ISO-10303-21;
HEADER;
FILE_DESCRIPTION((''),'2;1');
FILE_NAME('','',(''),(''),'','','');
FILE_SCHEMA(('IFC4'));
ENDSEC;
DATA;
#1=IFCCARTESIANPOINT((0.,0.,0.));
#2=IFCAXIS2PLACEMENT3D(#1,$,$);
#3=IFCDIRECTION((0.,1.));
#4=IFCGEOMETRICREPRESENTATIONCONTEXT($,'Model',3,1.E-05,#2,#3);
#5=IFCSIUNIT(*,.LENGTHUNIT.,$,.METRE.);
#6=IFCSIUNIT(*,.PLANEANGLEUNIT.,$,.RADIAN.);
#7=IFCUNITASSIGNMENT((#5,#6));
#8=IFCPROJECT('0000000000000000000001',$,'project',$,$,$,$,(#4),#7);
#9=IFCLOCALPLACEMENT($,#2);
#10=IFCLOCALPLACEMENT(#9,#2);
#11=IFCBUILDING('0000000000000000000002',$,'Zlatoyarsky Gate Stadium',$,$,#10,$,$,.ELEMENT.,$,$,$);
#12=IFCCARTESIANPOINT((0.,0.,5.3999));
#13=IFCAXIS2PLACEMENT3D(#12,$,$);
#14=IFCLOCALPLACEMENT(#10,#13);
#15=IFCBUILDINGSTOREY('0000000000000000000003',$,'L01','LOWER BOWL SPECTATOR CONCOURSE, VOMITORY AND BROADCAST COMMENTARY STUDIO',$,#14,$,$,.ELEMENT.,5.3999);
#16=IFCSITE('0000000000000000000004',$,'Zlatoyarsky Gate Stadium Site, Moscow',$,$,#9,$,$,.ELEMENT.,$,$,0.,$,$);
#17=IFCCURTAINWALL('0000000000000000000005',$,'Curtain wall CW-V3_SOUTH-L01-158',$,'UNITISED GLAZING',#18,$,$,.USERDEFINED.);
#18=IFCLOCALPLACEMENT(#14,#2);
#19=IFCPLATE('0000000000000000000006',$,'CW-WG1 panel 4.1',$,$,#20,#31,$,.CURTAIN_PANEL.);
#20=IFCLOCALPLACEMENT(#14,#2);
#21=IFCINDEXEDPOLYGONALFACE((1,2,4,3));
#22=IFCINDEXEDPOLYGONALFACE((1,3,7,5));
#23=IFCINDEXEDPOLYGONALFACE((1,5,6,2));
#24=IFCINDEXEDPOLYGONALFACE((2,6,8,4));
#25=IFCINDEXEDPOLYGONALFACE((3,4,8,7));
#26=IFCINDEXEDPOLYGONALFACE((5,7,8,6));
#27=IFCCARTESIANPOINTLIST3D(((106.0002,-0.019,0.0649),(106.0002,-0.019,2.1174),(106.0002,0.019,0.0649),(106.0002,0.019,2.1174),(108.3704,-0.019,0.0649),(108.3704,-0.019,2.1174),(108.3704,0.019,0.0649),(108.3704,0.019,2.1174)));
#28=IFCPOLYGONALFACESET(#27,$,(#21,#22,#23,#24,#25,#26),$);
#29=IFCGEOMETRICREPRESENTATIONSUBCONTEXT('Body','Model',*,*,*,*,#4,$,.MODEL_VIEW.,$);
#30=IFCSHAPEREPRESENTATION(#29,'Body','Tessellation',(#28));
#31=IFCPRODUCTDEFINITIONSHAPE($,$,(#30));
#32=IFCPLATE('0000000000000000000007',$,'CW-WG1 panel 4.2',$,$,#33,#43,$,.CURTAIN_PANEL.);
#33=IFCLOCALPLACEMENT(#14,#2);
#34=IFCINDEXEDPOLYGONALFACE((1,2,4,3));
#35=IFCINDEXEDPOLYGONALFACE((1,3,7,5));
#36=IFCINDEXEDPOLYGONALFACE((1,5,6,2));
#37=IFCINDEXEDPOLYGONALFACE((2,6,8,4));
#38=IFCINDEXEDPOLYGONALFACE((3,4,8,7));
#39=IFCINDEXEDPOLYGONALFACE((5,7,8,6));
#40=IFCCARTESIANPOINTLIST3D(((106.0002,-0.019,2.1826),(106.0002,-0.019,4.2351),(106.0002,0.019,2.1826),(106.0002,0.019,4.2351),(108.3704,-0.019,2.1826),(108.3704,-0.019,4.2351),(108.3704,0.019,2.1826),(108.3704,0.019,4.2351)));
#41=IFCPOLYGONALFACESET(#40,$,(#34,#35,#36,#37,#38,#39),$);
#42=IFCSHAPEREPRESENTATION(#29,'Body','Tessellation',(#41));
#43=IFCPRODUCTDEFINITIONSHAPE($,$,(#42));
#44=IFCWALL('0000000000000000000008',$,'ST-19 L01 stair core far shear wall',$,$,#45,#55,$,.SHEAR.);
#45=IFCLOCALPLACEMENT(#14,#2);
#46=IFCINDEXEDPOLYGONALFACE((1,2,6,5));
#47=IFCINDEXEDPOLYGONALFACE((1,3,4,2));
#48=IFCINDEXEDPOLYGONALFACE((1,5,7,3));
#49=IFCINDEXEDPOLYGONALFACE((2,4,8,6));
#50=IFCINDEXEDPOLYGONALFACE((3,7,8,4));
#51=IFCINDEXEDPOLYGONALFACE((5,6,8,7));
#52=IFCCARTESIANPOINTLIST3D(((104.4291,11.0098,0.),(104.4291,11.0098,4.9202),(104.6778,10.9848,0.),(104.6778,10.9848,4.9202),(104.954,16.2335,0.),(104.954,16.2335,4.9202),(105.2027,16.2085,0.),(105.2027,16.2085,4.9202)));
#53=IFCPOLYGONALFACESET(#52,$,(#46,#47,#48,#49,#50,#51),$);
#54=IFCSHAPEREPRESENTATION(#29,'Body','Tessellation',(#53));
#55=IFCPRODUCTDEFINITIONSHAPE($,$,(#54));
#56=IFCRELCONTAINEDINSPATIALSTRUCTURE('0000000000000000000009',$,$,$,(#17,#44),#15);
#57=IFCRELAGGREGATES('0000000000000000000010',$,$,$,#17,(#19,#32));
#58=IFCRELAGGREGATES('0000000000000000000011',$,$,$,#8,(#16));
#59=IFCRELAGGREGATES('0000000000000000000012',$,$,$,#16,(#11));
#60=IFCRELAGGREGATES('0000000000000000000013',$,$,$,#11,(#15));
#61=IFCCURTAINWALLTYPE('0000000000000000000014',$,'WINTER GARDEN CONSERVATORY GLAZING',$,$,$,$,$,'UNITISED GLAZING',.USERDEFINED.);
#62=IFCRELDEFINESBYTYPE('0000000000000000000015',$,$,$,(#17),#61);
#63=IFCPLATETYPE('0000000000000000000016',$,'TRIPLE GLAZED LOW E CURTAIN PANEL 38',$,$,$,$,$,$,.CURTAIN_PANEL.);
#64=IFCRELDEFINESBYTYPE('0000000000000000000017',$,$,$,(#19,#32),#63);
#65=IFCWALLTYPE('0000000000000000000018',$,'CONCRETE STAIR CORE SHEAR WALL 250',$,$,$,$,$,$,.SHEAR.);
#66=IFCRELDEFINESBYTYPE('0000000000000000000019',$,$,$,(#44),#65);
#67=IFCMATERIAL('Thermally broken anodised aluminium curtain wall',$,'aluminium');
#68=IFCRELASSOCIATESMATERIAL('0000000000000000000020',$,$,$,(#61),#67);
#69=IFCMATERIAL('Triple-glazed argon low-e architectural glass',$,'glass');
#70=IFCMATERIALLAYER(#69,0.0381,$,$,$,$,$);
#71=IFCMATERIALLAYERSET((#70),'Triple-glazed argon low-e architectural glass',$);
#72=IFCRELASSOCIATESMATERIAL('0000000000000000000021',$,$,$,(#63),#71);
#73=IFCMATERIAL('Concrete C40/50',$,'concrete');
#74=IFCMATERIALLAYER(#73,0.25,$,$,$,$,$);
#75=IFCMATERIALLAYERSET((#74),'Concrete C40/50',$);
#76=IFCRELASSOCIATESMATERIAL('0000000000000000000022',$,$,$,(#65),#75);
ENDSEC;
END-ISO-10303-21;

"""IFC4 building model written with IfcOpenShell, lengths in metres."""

from ifc_helpers import new_model, si_unit, direction, frame, frame_2d, origin, origin_2d, place, context, subcontext, project, spatial, rectangle, extrude, material, layer, layer_set, type_object, element, aggregate, save


model = new_model("IFC4")

# Units and contexts
model_context = context("Model", 3, precision=1e-05, world=origin(), true_north=direction((0.0, 1.0)))
body_context = subcontext(model_context, "Body", "Model", "MODEL_VIEW")
ifc_project = project(units=[si_unit("LENGTHUNIT", "METRE"), si_unit("PLANEANGLEUNIT", "RADIAN")], contexts=[model_context])

# Site, building, storey
site_placement = place(None, origin())
site = spatial("IfcSite", under=ifc_project, at=site_placement, Name="Zlatoyarsky Gate Stadium Site, Moscow", CompositionType="ELEMENT", RefElevation=0.0)
building_placement = place(site_placement, origin())
building = spatial("IfcBuilding", under=site, at=building_placement, Name="Zlatoyarsky Gate Stadium", CompositionType="ELEMENT")
storey_placement = place(building_placement, frame((0.0, 0.0, 5.3999)))
storey = spatial("IfcBuildingStorey", under=building, at=storey_placement, Name="L01", Description="LOWER BOWL SPECTATOR CONCOURSE, VOMITORY AND BROADCAST COMMENTARY STUDIO", CompositionType="ELEMENT", Elevation=5.3999)

# Curtain wall
ifc_material_1 = material(Name="Thermally broken anodised aluminium curtain wall", Category="aluminium")
curtain_wall_type_1 = type_object("IfcCurtainWallType", Name="WINTER GARDEN CONSERVATORY GLAZING", ElementType="UNITISED GLAZING", PredefinedType="USERDEFINED", material=ifc_material_1)
curtain_wall_1_placement = place(storey_placement, origin())
curtain_wall_1 = element("IfcCurtainWall", 1, at=curtain_wall_1_placement, inside=storey, type_object=curtain_wall_type_1, Name="Curtain wall CW-V3_SOUTH-L01-158", ObjectType="UNITISED GLAZING", PredefinedType="USERDEFINED")

# Plates
ifc_material_2 = material(Name="Triple-glazed argon low-e architectural glass", Category="glass")
ifc_layer_1 = layer(ifc_material_2, 0.0381)
ifc_layer_set_1 = layer_set([ifc_layer_1], Name="Triple-glazed argon low-e architectural glass")
plate_type_1 = type_object("IfcPlateType", Name="TRIPLE GLAZED LOW E CURTAIN PANEL 38", PredefinedType="CURTAIN_PANEL", material=ifc_layer_set_1)
plate_1_placement = place(storey_placement, frame((107.1853, 0.0, 0.0649), z_axis=(0.0, 0.0, 1.0), x_axis=(1.0, 0.0, 0.0)))
plate_1 = element("IfcPlate", 2, at=plate_1_placement, type_object=plate_type_1, Name="CW-WG1 panel 4.1", PredefinedType="CURTAIN_PANEL", context=body_context, shape_type="SweptSolid", body=[
    extrude(rectangle(XDim=2.3701, YDim=0.0381, at=origin_2d()), origin(), (0.0, 0.0, 1.0), 2.0525),
])
plate_2_placement = place(storey_placement, frame((107.1853, 0.0, 2.1826), z_axis=(0.0, 0.0, 1.0), x_axis=(1.0, 0.0, 0.0)))
plate_2 = element("IfcPlate", 3, at=plate_2_placement, type_object=plate_type_1, Name="CW-WG1 panel 4.2", PredefinedType="CURTAIN_PANEL", context=body_context, shape_type="SweptSolid", body=[
    extrude(rectangle(XDim=2.3701, YDim=0.0381, at=origin_2d()), origin(), (0.0, 0.0, 1.0), 2.0525),
])
aggregate(curtain_wall_1, [plate_1, plate_2])

# Wall
ifc_material_3 = material(Name="Concrete C40/50", Category="concrete")
ifc_layer_2 = layer(ifc_material_3, 0.25)
ifc_layer_set_2 = layer_set([ifc_layer_2], Name="Concrete C40/50")
wall_type = type_object("IfcWallType", Name="CONCRETE STAIR CORE SHEAR WALL 250", PredefinedType="SHEAR", material=ifc_layer_set_2)
wall_placement = place(storey_placement, frame((104.5535, 10.9973, 0.0), z_axis=(0.0, 0.0, 1.0), x_axis=(0.099983, 0.994989, 0.0)))
element("IfcWall", 4, at=wall_placement, inside=storey, type_object=wall_type, Name="ST-19 L01 stair core far shear wall", PredefinedType="SHEAR", context=body_context, shape_type="SweptSolid", body=[
    extrude(rectangle(XDim=5.25, YDim=0.25, at=frame_2d((2.625, 0.0))), origin(), (0.0, 0.0, 1.0), 4.9202),
])

save(model, "model.ifc")
